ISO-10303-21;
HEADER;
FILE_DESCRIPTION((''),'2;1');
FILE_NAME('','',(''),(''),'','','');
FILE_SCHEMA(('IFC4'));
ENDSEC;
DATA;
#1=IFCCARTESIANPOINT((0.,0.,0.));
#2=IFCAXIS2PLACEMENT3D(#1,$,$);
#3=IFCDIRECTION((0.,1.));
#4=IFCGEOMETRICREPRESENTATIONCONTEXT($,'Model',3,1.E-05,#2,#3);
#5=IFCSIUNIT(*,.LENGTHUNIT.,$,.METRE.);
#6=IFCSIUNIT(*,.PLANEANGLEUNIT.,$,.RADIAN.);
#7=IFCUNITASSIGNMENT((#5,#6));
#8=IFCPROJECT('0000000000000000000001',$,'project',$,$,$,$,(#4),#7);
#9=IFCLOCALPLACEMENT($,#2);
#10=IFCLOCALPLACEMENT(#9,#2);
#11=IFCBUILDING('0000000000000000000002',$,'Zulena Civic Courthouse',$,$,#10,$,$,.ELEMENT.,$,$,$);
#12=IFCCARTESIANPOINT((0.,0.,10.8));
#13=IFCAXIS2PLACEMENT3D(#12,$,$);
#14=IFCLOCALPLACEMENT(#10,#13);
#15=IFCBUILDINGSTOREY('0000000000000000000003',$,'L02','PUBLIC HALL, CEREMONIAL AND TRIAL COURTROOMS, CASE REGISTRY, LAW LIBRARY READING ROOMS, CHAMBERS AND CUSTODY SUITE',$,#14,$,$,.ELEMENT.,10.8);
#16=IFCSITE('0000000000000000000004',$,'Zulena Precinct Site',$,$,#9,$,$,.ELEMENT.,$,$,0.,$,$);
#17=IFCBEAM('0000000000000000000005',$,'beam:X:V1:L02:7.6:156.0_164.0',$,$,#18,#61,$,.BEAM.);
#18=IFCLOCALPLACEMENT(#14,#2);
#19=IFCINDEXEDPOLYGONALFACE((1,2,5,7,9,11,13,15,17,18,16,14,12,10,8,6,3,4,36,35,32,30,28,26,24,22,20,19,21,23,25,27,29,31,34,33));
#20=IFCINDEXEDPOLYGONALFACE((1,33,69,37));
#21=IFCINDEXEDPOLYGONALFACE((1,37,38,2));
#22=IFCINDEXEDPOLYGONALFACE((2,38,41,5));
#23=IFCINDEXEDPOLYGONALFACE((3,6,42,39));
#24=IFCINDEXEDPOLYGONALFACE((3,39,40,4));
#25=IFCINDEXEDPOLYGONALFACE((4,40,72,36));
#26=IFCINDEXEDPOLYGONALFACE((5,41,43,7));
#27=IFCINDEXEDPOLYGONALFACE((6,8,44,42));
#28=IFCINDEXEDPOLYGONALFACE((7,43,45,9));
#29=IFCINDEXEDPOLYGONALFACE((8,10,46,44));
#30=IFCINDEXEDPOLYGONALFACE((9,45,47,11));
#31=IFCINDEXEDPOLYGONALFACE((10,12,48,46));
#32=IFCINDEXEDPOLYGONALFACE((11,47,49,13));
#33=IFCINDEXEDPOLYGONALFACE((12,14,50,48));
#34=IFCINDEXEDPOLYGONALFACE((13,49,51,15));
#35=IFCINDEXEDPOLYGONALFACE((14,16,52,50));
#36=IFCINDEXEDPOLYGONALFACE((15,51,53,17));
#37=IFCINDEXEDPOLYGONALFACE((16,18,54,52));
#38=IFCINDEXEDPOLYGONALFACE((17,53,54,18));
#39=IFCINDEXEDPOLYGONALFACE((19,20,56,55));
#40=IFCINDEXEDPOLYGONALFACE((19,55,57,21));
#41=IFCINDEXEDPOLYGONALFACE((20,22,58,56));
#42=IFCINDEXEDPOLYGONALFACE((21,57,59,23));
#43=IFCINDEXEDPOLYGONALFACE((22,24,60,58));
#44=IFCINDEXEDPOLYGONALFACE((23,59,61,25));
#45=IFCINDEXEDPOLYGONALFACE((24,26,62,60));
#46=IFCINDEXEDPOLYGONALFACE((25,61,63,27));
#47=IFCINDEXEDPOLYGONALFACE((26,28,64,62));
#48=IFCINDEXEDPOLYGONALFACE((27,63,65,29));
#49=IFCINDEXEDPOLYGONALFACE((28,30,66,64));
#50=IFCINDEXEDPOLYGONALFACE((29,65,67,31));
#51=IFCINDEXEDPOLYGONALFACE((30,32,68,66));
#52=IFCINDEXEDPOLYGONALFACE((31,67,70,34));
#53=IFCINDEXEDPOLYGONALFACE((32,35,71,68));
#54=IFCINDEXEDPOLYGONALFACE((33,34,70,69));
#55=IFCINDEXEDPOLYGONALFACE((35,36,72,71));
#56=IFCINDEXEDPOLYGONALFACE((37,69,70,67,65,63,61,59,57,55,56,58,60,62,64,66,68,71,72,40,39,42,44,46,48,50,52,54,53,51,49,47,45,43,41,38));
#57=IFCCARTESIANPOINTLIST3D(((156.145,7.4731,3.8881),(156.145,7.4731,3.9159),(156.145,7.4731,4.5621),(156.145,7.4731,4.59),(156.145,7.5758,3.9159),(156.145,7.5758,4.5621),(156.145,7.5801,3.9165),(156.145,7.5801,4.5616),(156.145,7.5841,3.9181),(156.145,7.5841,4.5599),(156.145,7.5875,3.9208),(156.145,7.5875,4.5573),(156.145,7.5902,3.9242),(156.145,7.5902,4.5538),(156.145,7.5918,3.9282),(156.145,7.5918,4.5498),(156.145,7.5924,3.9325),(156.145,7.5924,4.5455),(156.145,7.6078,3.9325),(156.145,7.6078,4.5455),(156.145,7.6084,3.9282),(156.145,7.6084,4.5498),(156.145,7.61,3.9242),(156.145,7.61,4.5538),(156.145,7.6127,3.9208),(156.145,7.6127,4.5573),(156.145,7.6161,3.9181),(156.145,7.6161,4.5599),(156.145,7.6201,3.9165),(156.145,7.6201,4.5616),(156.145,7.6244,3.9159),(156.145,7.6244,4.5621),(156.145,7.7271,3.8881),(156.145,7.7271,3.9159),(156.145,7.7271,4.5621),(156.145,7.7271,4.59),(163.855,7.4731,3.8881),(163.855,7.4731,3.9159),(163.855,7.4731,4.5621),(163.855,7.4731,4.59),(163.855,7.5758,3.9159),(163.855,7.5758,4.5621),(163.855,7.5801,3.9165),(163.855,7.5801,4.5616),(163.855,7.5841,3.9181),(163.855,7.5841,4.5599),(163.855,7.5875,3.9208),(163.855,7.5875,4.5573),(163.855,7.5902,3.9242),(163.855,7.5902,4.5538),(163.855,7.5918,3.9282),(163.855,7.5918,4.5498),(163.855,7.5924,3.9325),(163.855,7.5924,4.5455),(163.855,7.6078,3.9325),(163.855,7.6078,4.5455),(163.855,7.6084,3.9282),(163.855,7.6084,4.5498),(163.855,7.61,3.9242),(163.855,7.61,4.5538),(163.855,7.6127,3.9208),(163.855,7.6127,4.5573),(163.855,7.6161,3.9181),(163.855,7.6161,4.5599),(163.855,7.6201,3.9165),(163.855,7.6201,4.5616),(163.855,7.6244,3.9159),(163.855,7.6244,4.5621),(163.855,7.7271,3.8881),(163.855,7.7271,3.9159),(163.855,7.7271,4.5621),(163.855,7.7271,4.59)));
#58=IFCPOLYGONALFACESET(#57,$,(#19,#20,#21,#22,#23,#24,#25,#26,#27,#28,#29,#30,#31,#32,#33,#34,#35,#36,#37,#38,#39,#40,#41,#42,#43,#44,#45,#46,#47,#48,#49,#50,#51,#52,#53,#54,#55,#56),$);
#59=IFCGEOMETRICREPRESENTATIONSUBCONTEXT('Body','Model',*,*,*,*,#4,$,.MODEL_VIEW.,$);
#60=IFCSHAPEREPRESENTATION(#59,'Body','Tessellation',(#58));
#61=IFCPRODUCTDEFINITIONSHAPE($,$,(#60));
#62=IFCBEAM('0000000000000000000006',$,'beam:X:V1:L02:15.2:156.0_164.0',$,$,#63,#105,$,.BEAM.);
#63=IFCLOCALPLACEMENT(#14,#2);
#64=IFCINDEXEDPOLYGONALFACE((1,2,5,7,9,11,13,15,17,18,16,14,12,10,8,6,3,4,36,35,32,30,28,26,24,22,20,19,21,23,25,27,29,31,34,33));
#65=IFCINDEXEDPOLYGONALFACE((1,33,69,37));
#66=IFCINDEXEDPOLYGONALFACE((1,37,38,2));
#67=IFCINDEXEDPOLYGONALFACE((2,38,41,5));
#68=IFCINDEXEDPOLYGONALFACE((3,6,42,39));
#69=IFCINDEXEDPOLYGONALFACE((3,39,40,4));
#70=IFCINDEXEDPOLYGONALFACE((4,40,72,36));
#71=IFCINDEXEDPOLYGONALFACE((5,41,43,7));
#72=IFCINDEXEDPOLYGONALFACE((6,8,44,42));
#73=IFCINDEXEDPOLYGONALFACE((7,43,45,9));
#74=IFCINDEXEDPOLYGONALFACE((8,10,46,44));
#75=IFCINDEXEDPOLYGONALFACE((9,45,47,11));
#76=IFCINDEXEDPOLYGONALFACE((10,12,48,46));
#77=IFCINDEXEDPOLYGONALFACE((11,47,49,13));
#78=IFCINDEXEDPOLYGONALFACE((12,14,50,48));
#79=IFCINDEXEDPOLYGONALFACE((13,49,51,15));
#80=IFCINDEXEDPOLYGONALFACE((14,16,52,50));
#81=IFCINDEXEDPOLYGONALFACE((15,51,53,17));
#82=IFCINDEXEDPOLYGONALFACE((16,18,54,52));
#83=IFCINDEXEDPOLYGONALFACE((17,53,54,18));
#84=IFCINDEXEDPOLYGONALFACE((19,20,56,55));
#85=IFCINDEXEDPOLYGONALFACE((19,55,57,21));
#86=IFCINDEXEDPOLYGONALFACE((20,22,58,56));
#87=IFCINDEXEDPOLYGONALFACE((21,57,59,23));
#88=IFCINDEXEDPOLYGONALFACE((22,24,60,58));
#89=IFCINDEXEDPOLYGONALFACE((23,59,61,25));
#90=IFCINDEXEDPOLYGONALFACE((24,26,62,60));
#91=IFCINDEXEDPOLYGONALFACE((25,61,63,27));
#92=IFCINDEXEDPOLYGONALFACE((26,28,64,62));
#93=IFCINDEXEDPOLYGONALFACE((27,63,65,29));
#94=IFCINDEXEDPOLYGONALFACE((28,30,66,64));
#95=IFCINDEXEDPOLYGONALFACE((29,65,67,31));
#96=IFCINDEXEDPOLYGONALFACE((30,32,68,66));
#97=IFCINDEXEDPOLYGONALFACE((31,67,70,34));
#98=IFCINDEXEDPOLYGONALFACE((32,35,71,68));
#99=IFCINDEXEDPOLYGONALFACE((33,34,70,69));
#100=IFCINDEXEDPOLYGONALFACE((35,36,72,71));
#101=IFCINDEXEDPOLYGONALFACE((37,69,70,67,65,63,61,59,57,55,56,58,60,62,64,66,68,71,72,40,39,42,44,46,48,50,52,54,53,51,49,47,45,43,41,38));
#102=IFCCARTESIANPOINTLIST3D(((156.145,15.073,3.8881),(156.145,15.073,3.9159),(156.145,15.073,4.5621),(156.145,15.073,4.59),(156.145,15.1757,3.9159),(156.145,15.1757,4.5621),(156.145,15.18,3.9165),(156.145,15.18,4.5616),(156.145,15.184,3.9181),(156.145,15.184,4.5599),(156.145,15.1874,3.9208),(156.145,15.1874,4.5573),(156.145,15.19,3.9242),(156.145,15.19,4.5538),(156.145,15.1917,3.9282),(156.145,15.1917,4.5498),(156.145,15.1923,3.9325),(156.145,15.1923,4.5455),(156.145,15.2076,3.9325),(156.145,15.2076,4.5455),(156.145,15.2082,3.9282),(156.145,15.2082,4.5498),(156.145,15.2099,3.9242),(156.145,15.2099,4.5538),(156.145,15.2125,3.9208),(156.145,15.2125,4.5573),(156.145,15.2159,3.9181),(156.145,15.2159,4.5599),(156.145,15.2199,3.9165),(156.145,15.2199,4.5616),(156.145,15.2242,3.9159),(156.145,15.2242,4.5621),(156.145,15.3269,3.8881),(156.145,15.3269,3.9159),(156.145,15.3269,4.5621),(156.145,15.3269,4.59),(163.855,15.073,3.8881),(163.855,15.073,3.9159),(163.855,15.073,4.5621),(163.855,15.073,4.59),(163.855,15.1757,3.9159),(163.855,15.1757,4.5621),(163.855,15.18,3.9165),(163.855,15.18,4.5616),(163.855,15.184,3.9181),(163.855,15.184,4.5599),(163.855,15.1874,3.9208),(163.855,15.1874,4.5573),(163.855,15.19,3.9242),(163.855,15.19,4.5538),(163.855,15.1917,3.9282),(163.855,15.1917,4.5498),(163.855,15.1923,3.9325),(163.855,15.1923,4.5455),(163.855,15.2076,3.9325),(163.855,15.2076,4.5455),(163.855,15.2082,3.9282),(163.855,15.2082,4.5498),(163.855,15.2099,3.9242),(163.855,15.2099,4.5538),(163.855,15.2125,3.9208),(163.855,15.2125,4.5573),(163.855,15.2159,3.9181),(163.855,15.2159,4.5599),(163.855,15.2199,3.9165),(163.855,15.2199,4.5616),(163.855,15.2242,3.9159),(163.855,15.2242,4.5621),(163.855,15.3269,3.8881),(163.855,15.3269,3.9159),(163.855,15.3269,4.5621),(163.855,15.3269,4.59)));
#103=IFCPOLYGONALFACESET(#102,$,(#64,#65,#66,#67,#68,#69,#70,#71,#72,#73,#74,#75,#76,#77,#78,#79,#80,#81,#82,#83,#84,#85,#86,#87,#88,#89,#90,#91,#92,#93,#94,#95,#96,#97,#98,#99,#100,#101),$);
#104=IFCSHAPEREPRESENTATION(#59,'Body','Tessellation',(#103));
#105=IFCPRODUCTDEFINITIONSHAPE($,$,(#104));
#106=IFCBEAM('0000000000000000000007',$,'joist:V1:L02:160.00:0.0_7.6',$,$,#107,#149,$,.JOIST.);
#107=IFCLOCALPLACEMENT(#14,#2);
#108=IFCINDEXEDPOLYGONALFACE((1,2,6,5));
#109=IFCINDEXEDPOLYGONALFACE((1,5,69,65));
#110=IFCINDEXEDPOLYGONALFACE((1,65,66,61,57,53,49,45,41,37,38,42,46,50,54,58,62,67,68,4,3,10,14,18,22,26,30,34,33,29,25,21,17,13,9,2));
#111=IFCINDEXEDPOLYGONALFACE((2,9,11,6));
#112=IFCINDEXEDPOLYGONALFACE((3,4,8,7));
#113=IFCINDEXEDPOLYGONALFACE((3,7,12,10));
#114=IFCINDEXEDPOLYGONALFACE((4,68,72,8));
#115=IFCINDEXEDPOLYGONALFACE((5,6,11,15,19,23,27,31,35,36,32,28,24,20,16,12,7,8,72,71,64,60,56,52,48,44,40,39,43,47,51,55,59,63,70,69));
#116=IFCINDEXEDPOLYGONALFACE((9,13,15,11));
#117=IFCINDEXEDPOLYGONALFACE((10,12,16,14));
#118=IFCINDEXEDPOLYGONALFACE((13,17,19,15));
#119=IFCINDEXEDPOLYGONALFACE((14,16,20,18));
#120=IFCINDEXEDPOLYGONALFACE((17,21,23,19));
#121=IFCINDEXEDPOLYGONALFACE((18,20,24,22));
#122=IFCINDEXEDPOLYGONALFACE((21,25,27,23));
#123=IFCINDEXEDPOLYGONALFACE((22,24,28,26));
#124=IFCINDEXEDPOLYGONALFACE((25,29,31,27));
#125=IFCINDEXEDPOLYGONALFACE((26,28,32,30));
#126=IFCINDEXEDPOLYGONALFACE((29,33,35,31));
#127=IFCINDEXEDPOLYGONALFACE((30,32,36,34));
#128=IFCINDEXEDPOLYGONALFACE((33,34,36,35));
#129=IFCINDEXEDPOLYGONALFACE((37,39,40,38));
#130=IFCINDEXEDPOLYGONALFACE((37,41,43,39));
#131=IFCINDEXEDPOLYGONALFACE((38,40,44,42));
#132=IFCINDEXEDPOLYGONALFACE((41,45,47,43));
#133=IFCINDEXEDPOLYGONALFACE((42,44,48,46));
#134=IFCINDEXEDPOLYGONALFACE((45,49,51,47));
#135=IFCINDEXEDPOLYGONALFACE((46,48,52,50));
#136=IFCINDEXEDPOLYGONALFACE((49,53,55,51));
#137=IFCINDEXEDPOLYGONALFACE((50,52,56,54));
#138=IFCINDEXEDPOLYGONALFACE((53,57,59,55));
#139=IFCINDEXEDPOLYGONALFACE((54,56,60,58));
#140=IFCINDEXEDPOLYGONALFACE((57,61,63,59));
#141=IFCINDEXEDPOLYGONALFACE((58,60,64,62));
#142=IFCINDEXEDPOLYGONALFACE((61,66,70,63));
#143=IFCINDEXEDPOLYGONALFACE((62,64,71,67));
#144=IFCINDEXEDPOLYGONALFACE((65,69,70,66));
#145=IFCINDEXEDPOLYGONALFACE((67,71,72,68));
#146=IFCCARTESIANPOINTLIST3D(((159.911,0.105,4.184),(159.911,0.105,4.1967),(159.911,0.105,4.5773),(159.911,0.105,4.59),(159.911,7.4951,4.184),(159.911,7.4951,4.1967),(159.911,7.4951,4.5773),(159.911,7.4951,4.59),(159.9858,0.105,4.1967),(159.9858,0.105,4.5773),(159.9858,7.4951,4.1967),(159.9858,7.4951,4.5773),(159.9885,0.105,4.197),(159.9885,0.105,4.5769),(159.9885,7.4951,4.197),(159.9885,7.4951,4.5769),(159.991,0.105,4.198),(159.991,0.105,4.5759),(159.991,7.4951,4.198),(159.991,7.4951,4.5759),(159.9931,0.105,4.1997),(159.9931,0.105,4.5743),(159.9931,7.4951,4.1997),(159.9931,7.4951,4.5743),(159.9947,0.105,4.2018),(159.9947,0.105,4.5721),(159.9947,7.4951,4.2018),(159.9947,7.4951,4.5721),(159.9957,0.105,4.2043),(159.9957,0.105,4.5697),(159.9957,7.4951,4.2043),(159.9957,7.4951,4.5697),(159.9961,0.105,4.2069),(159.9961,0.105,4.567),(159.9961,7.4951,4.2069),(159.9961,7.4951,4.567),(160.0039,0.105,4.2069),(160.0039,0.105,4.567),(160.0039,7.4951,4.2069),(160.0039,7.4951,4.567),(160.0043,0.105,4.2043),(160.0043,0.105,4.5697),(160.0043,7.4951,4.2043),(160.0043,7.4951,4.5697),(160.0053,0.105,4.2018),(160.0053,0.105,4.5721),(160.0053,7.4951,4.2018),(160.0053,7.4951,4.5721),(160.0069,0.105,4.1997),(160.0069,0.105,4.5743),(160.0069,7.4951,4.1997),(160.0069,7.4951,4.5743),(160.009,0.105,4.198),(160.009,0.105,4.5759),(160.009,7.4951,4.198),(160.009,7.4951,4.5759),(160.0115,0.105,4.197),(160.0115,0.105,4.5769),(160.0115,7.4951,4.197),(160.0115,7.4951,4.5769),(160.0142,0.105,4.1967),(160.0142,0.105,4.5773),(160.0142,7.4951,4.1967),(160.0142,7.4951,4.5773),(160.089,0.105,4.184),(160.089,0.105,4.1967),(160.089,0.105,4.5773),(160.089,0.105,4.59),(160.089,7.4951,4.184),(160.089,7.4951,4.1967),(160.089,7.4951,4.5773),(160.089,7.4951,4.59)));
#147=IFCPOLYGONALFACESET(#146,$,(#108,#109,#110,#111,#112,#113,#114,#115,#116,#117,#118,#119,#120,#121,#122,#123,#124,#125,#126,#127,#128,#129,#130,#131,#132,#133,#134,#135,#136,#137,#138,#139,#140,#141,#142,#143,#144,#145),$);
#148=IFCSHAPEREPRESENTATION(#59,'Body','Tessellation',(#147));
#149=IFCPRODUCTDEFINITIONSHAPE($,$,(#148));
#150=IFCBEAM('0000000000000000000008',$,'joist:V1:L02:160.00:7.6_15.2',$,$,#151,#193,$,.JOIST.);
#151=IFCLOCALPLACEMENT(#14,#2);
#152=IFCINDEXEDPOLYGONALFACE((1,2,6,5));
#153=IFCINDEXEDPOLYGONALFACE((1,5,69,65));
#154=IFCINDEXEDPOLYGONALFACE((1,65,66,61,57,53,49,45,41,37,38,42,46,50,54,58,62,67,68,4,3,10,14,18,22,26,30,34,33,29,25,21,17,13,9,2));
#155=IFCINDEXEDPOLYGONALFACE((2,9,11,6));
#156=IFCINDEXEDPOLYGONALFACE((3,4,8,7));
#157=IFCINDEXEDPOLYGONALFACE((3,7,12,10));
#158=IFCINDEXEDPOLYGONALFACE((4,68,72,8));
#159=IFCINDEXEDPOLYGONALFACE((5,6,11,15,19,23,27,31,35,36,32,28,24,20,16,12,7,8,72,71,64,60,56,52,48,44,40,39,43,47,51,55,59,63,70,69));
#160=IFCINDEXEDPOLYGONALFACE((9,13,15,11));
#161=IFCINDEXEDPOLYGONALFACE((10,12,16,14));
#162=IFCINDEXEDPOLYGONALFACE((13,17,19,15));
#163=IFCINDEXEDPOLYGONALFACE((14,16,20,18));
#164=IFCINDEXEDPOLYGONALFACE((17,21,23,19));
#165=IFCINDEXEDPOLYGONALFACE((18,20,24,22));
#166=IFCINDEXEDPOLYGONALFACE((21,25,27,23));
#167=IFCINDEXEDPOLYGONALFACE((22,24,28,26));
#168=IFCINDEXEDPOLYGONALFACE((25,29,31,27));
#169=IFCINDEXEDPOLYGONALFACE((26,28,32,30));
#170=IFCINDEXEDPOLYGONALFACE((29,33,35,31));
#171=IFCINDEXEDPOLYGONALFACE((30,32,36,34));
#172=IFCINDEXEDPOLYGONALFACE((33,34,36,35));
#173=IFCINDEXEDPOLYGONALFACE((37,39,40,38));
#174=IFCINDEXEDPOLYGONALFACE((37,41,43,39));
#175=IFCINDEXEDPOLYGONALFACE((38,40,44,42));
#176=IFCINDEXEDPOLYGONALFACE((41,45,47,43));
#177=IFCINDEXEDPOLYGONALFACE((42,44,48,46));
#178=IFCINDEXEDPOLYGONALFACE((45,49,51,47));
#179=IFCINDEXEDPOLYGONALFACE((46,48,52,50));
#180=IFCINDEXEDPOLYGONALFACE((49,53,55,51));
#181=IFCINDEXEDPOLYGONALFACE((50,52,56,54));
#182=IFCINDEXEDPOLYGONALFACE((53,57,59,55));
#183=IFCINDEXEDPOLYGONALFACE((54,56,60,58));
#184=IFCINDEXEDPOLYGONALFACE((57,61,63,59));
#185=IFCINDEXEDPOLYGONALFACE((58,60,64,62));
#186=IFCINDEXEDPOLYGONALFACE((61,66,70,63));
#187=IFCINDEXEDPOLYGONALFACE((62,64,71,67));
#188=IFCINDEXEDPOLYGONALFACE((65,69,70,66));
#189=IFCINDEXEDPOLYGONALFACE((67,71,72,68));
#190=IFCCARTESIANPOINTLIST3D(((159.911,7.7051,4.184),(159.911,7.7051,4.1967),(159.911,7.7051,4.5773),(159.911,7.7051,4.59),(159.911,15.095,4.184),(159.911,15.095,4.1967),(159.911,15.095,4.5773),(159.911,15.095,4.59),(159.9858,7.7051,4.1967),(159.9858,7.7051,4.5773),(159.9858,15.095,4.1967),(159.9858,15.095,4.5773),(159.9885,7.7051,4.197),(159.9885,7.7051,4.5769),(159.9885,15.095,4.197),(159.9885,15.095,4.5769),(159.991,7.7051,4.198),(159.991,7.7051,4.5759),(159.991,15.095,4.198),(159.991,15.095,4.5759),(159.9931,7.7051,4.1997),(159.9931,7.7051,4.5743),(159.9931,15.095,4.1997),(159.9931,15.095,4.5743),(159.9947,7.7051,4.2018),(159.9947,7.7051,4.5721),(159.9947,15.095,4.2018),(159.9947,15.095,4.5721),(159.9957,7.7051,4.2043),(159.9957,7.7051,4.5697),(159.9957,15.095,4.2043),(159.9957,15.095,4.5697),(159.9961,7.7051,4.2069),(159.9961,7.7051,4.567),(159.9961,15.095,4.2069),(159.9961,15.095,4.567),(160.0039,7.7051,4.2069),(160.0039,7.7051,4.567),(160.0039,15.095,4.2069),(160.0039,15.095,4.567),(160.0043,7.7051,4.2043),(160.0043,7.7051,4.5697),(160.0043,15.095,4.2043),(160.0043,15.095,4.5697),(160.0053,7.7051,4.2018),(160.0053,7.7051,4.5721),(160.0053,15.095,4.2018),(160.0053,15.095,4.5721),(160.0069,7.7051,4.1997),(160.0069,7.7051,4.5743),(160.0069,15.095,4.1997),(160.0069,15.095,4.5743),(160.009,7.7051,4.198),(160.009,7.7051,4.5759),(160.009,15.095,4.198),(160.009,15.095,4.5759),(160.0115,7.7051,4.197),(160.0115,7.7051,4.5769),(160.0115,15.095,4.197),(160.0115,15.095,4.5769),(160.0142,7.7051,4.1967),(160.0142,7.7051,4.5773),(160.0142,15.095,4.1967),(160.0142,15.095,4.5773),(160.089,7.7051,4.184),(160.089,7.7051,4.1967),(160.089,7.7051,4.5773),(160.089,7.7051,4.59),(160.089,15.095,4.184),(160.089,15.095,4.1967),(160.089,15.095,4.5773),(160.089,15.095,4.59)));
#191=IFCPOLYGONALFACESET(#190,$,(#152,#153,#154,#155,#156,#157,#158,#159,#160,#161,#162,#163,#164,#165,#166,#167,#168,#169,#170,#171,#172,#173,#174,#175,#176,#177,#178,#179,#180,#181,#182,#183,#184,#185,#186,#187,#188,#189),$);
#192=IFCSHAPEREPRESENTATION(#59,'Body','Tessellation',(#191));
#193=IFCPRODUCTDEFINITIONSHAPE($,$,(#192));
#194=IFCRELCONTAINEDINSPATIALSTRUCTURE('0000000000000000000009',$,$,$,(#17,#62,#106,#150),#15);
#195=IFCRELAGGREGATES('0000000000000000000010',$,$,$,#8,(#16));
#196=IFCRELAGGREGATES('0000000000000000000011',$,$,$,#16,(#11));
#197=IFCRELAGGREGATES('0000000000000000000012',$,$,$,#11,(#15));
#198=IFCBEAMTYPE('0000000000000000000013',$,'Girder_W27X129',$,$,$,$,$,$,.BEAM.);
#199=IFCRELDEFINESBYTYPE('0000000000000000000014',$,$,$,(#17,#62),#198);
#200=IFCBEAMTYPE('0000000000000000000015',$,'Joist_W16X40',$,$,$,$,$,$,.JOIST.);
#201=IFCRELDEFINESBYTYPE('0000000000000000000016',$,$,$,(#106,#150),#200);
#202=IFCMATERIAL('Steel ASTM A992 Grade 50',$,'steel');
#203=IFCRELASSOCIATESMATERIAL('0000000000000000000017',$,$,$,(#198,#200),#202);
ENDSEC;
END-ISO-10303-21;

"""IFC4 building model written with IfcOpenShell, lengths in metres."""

from ifc_helpers import new_model, si_unit, direction, frame, origin, origin_2d, place, context, subcontext, project, spatial, i_section, extrude, material, material_profile, profile_set, type_object, element, save


model = new_model("IFC4")

# Units and contexts
model_context = context("Model", 3, precision=1e-05, world=origin(), true_north=direction((0.0, 1.0)))
body_context = subcontext(model_context, "Body", "Model", "MODEL_VIEW")
ifc_project = project(units=[si_unit("LENGTHUNIT", "METRE"), si_unit("PLANEANGLEUNIT", "RADIAN")], contexts=[model_context])

# Site, building, storey
site_placement = place(None, origin())
site = spatial("IfcSite", under=ifc_project, at=site_placement, Name="Zulena Precinct Site", CompositionType="ELEMENT", RefElevation=0.0)
building_placement = place(site_placement, origin())
building = spatial("IfcBuilding", under=site, at=building_placement, Name="Zulena Civic Courthouse", CompositionType="ELEMENT")
storey_placement = place(building_placement, frame((0.0, 0.0, 10.8)))
storey = spatial("IfcBuildingStorey", under=building, at=storey_placement, Name="L02", Description="PUBLIC HALL, CEREMONIAL AND TRIAL COURTROOMS, CASE REGISTRY, LAW LIBRARY READING ROOMS, CHAMBERS AND CUSTODY SUITE", CompositionType="ELEMENT", Elevation=10.8)

# Shared definitions
ifc_material_1 = material(Name="Steel ASTM A992 Grade 50", Category="steel")

# Beams
ifc_material_profile_1 = material_profile(ifc_material_1, i_section(OverallWidth=0.2539, OverallDepth=0.7019, WebThickness=0.0154, FlangeThickness=0.0278, FilletRadius=0.0166, at=origin_2d()), Name="W27X129")
ifc_profile_set_1 = profile_set([ifc_material_profile_1], Name="Steel ASTM A992 Grade 50")
beam_type_1 = type_object("IfcBeamType", Name="Girder_W27X129", PredefinedType="BEAM", material=ifc_profile_set_1)
for number, where, z_axis, x_axis, name in (
    (1, (156.145, 7.6001, 4.239), (1.0, 0.0, 0.0), (0.0, 1.0, 0.0), "beam:X:V1:L02:7.6:156.0_164.0"),
    (2, (156.145, 15.2, 4.239), (1.0, 0.0, 0.0), (0.0, 1.0, 0.0), "beam:X:V1:L02:15.2:156.0_164.0"),
):
    element("IfcBeam", number, at=place(storey_placement, frame(where, z_axis=z_axis, x_axis=x_axis)), inside=storey, type_object=beam_type_1, Name=name, PredefinedType="BEAM", context=body_context, shape_type="SweptSolid", body=[
        extrude(i_section(OverallWidth=0.2539, OverallDepth=0.7019, WebThickness=0.0154, FlangeThickness=0.0278, FilletRadius=0.0166, at=origin_2d()), origin(), (0.0, 0.0, 1.0), 7.71),
    ])
ifc_material_profile_2 = material_profile(ifc_material_1, i_section(OverallWidth=0.178, OverallDepth=0.406, WebThickness=0.0078, FlangeThickness=0.0127, FilletRadius=0.0103, at=origin_2d()), Name="W16X40")
ifc_profile_set_2 = profile_set([ifc_material_profile_2], Name="Steel ASTM A992 Grade 50")
beam_type_2 = type_object("IfcBeamType", Name="Joist_W16X40", PredefinedType="JOIST", material=ifc_profile_set_2)
beam_1_placement = place(storey_placement, frame((160.0, 0.105, 4.387), z_axis=(0.0, 1.0, 0.0), x_axis=(-1.0, 0.0, 0.0)))
element("IfcBeam", 3, at=beam_1_placement, inside=storey, type_object=beam_type_2, Name="joist:V1:L02:160.00:0.0_7.6", PredefinedType="JOIST", context=body_context, shape_type="SweptSolid", body=[
    extrude(i_section(OverallWidth=0.178, OverallDepth=0.406, WebThickness=0.0078, FlangeThickness=0.0127, FilletRadius=0.0103, at=origin_2d()), origin(), (0.0, 0.0, 1.0), 7.3901),
])
beam_2_placement = place(storey_placement, frame((160.0, 7.7051, 4.387), z_axis=(0.0, 1.0, 0.0), x_axis=(-1.0, 0.0, 0.0)))
element("IfcBeam", 4, at=beam_2_placement, inside=storey, type_object=beam_type_2, Name="joist:V1:L02:160.00:7.6_15.2", PredefinedType="JOIST", context=body_context, shape_type="SweptSolid", body=[
    extrude(i_section(OverallWidth=0.178, OverallDepth=0.406, WebThickness=0.0078, FlangeThickness=0.0127, FilletRadius=0.0103, at=origin_2d()), origin(), (0.0, 0.0, 1.0), 7.3899),
])

save(model, "model.ifc")
